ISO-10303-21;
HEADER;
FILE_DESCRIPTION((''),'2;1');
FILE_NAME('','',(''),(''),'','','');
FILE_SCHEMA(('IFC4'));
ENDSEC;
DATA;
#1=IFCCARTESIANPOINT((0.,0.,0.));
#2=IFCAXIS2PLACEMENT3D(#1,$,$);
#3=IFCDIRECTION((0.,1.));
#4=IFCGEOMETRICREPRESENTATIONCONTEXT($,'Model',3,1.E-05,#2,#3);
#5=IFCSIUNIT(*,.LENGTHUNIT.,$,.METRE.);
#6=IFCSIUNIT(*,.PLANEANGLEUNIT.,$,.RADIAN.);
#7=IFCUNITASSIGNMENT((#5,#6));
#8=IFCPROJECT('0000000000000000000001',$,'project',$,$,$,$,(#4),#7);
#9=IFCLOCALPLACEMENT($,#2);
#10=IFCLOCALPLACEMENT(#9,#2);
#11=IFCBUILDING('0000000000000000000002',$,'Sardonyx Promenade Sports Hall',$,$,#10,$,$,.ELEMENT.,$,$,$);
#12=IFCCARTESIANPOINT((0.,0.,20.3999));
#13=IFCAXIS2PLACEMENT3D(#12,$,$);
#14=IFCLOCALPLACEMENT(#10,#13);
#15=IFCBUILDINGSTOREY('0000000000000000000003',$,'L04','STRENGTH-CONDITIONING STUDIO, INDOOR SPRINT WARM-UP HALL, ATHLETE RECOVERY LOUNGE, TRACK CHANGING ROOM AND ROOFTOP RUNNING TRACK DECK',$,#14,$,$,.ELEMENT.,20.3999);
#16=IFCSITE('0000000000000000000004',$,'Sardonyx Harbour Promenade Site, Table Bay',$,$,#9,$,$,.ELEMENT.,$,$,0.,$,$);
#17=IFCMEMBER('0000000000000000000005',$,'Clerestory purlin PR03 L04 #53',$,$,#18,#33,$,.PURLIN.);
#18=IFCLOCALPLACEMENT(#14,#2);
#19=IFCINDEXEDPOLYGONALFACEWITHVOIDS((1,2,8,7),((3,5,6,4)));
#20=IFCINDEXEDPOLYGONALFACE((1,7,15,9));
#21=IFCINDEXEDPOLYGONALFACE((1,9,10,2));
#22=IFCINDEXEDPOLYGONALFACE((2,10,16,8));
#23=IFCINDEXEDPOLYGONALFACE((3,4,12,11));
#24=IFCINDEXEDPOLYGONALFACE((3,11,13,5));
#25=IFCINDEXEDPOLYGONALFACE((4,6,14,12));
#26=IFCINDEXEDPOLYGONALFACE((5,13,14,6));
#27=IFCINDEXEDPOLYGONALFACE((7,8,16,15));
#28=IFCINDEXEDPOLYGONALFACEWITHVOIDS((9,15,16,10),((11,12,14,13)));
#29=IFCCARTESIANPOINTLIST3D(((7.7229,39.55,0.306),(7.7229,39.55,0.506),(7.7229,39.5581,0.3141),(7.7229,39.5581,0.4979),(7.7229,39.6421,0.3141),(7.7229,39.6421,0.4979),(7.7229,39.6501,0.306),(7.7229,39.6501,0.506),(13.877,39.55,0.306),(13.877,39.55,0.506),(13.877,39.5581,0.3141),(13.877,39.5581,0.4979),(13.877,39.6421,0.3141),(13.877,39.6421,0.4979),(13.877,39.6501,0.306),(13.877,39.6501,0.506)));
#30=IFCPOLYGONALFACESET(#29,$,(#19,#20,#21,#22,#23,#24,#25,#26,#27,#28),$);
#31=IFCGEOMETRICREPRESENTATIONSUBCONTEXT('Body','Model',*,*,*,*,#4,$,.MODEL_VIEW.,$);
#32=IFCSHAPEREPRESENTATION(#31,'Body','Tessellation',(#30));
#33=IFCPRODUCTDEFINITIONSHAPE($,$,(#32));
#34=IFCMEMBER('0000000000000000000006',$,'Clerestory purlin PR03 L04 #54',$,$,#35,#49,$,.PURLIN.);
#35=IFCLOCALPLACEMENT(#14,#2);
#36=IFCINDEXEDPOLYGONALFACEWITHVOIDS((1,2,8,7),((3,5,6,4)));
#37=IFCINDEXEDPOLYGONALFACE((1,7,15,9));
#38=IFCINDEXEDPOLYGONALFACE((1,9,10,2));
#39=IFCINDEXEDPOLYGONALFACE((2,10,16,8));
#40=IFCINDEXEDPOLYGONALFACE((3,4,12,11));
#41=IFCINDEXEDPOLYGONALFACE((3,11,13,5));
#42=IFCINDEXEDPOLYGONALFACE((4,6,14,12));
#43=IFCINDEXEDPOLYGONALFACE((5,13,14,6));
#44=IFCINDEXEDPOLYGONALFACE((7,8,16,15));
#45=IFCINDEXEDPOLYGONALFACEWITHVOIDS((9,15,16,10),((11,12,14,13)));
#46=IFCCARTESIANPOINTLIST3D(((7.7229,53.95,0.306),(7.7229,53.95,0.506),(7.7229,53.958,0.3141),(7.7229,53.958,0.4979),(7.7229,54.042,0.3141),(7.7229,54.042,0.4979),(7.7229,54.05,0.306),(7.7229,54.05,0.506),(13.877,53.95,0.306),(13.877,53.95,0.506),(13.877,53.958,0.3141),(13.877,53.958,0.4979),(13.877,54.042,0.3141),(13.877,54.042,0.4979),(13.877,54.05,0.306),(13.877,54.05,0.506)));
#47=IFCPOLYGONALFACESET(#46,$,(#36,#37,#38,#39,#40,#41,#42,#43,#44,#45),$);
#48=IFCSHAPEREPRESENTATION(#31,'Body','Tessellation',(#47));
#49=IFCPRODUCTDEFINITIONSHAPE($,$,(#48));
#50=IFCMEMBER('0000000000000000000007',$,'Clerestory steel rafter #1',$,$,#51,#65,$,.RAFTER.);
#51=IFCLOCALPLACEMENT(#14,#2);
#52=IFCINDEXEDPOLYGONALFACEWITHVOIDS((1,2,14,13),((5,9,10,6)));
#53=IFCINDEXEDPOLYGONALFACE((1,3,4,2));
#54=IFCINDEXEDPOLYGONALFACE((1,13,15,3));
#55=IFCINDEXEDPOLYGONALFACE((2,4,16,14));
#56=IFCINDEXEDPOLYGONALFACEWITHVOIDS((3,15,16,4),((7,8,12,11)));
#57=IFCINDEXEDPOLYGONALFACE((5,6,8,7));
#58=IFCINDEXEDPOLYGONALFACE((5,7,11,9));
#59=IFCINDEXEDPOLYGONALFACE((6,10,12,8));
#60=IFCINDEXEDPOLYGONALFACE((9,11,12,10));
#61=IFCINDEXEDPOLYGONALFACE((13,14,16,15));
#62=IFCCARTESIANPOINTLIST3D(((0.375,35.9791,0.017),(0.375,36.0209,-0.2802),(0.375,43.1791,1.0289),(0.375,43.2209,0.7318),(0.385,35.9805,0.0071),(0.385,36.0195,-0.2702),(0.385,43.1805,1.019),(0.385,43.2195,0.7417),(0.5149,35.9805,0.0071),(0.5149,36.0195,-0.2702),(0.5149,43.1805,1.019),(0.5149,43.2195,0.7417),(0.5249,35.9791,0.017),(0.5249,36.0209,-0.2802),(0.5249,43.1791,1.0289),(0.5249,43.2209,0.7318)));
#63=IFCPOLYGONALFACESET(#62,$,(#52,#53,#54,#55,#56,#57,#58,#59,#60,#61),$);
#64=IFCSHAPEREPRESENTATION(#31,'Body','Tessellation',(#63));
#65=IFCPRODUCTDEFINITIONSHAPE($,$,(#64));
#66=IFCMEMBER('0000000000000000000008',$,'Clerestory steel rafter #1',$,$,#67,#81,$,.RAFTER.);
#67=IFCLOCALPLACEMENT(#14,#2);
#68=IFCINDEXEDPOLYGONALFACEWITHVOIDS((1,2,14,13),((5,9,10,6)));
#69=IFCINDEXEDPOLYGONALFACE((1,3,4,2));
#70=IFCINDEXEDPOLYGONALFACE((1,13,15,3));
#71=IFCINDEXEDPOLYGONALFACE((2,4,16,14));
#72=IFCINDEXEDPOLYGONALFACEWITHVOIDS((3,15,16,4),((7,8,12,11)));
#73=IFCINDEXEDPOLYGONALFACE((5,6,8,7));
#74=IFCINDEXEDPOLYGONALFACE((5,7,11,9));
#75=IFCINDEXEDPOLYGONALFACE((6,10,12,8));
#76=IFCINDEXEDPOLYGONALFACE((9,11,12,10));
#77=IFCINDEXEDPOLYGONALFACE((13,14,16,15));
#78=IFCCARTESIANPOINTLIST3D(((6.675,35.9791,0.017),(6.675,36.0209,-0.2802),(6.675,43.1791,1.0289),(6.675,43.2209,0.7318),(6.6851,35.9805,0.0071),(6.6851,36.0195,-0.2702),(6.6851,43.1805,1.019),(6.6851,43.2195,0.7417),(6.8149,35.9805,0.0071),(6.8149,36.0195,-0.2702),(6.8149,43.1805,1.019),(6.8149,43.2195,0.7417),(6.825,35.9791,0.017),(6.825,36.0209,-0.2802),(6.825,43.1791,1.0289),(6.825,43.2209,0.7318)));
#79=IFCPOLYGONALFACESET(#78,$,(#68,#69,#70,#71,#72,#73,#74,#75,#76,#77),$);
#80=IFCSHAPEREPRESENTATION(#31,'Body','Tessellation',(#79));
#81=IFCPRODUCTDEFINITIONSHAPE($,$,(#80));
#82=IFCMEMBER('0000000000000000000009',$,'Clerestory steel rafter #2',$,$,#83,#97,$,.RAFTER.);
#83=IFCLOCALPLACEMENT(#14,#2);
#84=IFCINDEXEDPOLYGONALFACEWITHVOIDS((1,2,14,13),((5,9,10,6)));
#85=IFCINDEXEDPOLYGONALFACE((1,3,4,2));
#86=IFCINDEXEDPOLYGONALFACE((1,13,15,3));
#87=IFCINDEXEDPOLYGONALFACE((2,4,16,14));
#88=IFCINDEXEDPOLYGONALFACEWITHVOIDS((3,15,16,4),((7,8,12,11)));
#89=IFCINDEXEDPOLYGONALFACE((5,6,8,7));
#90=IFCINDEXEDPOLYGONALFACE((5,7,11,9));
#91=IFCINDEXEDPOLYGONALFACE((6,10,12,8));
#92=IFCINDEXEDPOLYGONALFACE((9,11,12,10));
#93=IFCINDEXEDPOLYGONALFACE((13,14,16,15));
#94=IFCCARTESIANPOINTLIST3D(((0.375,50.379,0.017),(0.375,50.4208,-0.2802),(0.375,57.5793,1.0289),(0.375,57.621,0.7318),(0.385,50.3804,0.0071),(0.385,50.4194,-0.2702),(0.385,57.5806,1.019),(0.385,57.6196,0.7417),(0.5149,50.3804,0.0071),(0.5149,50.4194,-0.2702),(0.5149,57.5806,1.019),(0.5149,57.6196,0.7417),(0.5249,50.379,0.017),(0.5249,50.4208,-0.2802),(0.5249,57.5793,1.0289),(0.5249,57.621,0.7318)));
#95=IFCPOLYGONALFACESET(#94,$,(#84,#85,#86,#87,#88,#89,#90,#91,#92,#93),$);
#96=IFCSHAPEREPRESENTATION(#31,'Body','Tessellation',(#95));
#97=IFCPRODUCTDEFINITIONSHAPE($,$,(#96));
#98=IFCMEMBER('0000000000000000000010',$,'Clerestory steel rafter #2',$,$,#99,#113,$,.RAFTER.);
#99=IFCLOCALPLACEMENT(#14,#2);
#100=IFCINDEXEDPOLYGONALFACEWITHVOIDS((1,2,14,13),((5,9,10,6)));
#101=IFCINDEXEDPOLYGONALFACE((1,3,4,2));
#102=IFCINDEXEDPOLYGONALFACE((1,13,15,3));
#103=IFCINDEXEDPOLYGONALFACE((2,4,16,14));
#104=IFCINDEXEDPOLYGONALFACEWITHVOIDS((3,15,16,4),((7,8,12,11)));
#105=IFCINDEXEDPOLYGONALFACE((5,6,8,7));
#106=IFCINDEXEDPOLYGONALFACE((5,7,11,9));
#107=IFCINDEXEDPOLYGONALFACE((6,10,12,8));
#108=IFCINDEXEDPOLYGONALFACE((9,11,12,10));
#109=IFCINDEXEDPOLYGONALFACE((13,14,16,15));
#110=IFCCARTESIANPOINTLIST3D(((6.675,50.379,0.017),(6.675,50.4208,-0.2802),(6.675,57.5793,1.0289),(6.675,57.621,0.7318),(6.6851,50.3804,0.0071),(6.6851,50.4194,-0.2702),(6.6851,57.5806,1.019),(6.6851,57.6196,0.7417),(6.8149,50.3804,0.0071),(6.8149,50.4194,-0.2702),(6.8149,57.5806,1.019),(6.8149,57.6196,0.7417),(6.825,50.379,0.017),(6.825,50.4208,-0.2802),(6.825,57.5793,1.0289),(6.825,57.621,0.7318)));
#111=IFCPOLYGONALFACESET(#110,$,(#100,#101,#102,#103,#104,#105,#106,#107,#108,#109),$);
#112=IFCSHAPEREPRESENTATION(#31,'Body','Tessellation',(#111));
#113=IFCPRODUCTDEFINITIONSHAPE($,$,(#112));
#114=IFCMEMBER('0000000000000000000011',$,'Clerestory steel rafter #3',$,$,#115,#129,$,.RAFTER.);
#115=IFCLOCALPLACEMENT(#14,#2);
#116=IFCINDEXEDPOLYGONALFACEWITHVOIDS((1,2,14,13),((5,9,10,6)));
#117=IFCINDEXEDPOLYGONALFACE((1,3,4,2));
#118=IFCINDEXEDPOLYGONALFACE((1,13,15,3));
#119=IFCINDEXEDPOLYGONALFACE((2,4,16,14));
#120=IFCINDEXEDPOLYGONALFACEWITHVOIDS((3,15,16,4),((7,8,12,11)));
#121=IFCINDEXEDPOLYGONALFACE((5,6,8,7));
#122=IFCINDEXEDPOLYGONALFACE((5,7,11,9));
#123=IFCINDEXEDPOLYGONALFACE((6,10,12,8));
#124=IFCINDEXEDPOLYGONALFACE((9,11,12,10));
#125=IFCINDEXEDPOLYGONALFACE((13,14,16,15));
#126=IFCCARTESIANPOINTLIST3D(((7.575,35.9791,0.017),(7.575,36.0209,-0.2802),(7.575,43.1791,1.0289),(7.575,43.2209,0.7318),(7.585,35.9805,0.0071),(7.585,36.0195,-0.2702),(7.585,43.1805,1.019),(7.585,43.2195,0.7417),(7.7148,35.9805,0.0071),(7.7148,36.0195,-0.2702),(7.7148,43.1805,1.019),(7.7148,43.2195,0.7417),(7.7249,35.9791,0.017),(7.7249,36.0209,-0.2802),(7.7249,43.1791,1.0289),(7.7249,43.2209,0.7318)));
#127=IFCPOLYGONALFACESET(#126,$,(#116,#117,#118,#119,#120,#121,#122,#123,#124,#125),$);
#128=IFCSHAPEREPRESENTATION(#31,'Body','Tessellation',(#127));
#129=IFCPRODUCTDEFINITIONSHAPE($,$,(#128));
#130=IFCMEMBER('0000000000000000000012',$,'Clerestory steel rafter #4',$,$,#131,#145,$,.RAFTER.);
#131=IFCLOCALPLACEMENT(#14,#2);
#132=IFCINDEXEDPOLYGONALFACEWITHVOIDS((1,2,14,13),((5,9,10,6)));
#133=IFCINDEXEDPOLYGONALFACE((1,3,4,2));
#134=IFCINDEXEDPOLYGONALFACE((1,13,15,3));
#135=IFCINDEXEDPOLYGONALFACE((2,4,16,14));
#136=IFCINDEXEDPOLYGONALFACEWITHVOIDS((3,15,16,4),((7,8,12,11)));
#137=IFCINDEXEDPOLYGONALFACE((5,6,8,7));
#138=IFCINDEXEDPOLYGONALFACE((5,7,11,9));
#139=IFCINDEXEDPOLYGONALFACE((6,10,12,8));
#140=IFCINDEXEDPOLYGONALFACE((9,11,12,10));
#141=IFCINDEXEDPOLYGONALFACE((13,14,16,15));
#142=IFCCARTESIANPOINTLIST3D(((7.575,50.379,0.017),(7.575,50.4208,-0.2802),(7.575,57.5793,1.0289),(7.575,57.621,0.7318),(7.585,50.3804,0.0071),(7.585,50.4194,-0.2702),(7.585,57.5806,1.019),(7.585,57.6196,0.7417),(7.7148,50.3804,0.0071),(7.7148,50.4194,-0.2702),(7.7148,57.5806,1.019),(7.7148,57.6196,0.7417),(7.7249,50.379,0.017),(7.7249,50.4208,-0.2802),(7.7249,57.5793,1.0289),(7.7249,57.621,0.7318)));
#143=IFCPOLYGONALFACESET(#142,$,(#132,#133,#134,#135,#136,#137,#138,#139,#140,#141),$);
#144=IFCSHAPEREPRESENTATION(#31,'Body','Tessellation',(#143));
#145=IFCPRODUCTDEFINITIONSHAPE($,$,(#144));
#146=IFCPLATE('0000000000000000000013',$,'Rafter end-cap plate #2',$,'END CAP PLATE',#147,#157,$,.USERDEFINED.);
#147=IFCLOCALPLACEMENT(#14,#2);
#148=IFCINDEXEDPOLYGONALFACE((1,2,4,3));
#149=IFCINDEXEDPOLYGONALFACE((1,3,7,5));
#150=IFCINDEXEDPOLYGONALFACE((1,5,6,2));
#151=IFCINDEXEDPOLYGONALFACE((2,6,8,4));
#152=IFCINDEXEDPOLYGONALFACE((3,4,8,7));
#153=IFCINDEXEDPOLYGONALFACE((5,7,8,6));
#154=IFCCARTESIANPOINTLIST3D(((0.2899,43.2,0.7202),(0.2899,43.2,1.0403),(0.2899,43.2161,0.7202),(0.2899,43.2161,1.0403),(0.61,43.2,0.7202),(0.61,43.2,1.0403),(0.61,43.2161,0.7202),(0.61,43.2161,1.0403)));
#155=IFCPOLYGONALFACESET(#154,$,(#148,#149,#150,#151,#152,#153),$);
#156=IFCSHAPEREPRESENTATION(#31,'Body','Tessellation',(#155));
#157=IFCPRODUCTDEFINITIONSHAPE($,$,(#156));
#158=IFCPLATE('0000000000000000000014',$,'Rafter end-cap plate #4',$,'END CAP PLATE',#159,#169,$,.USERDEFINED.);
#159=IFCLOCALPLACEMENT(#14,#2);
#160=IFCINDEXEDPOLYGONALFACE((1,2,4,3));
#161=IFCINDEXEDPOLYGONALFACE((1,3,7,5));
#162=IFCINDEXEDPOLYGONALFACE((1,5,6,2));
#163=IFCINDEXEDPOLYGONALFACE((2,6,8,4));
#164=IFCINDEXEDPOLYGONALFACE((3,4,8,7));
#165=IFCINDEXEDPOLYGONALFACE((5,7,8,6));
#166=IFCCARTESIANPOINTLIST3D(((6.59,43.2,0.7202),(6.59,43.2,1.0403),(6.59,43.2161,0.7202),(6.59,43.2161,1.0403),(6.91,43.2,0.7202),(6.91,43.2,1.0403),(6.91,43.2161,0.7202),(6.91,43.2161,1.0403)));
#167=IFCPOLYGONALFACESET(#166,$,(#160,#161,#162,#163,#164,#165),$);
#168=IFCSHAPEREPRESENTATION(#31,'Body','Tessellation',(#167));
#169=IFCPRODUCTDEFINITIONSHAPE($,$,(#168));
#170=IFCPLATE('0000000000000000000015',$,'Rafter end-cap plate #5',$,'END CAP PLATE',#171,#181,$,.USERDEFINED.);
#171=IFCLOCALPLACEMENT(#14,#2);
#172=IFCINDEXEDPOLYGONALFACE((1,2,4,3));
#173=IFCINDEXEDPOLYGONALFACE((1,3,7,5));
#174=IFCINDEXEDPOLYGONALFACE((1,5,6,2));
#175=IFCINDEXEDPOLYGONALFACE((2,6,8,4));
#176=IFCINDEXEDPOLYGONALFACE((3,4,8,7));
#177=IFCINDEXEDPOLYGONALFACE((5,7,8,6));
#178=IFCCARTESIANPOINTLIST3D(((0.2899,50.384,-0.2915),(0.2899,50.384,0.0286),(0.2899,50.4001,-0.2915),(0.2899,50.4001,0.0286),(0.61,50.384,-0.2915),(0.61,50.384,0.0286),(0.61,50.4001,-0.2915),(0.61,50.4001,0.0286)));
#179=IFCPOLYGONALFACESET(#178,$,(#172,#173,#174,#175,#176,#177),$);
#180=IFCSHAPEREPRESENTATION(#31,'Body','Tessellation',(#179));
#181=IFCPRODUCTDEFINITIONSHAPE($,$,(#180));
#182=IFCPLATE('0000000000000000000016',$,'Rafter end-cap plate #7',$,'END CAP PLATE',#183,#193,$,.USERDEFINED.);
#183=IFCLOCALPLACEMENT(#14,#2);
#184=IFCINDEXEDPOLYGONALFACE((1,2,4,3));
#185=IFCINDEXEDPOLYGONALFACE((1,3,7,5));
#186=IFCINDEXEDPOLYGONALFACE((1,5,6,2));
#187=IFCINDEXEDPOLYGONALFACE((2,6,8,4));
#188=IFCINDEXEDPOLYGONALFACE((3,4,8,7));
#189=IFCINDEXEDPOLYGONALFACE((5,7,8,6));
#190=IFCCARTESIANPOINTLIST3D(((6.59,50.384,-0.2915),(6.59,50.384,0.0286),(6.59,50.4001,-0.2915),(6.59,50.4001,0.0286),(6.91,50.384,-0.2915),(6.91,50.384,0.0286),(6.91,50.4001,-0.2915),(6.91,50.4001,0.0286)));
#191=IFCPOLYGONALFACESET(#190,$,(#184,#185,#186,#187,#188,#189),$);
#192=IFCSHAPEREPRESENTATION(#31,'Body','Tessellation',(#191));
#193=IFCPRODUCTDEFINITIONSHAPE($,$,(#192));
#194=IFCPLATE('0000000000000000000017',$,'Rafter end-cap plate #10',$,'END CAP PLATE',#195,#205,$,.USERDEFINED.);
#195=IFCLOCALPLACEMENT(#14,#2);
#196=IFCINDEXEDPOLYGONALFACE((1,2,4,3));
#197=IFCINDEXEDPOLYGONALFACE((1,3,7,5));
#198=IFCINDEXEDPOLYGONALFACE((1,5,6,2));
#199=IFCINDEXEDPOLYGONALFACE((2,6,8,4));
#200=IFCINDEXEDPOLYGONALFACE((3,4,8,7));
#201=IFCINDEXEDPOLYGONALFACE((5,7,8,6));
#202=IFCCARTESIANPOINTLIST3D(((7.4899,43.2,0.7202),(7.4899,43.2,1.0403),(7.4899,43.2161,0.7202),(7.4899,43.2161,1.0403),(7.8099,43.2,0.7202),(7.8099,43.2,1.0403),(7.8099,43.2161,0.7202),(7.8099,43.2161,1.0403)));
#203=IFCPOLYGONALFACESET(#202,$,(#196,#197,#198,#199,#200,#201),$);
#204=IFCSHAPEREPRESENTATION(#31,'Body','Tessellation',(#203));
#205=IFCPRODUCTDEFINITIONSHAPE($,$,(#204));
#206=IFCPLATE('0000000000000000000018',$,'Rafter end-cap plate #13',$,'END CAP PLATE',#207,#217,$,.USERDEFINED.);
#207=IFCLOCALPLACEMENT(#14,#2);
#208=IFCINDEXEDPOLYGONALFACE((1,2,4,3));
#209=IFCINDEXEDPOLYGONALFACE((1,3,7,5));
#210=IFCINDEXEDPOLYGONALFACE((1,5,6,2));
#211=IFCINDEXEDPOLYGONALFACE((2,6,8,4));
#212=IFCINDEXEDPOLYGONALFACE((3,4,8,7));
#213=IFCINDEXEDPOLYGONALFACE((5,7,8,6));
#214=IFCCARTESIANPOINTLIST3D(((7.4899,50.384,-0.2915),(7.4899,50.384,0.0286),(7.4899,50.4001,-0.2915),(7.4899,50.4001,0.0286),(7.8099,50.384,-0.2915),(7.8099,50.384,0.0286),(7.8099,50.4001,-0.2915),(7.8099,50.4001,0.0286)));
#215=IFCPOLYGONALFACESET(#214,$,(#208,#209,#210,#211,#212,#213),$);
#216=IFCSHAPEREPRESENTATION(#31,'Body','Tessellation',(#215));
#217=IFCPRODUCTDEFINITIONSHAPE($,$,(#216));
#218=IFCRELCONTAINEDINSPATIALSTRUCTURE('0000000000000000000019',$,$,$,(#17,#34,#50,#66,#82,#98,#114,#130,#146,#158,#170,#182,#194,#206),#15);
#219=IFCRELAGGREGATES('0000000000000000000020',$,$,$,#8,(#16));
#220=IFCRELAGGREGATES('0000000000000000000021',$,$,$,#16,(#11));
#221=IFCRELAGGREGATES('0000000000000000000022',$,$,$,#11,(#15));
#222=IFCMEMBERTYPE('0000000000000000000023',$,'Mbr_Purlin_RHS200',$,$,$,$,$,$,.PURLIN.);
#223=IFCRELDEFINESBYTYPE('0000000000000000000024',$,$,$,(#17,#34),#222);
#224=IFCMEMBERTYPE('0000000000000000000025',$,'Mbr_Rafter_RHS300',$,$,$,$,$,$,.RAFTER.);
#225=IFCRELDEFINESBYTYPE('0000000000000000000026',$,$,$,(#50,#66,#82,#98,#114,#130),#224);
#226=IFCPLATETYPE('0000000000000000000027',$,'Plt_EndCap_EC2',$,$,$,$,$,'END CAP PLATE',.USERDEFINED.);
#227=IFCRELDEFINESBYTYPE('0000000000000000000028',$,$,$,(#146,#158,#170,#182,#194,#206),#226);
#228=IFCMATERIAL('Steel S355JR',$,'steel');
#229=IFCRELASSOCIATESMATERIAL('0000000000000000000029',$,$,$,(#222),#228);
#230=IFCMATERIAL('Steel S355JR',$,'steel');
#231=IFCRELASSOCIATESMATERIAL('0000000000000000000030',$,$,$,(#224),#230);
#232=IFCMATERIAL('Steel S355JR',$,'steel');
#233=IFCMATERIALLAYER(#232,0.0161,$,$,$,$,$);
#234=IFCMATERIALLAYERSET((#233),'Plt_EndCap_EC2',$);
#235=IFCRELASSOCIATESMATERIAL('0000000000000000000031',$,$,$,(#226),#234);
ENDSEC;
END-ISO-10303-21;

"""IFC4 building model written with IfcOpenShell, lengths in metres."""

from ifc_helpers import new_model, si_unit, direction, frame, origin, origin_2d, place, context, subcontext, project, spatial, rectangle, hollow_rectangle, extrude, material, layer, layer_set, material_profile, profile_set, type_object, element, save


model = new_model("IFC4")

# Units and contexts
model_context = context("Model", 3, precision=1e-05, world=origin(), true_north=direction((0.0, 1.0)))
body_context = subcontext(model_context, "Body", "Model", "MODEL_VIEW")
ifc_project = project(units=[si_unit("LENGTHUNIT", "METRE"), si_unit("PLANEANGLEUNIT", "RADIAN")], contexts=[model_context])

# Site, building, storey
site_placement = place(None, origin())
site = spatial("IfcSite", under=ifc_project, at=site_placement, Name="Sardonyx Harbour Promenade Site, Table Bay", CompositionType="ELEMENT", RefElevation=0.0)
building_placement = place(site_placement, origin())
building = spatial("IfcBuilding", under=site, at=building_placement, Name="Sardonyx Promenade Sports Hall", CompositionType="ELEMENT")
storey_placement = place(building_placement, frame((0.0, 0.0, 20.3999)))
storey = spatial("IfcBuildingStorey", under=building, at=storey_placement, Name="L04", Description="STRENGTH-CONDITIONING STUDIO, INDOOR SPRINT WARM-UP HALL, ATHLETE RECOVERY LOUNGE, TRACK CHANGING ROOM AND ROOFTOP RUNNING TRACK DECK", CompositionType="ELEMENT", Elevation=20.3999)

# Members
ifc_material_1 = material(Name="Steel S355JR", Category="steel")
ifc_material_profile_1 = material_profile(ifc_material_1, hollow_rectangle(XDim=0.1001, YDim=0.2, WallThickness=0.0081, at=origin_2d()))
ifc_profile_set_1 = profile_set([ifc_material_profile_1], Name="Steel S355JR")
member_type_1 = type_object("IfcMemberType", Name="Mbr_Purlin_RHS200", PredefinedType="PURLIN", material=ifc_profile_set_1)
for number, where, z_axis, x_axis, name in (
    (1, (7.7229, 39.6001, 0.406), (1.0, 0.0, 0.0), (0.0, 1.0, 0.0), "Clerestory purlin PR03 L04 #53"),
    (2, (7.7229, 54.0, 0.406), (1.0, 0.0, 0.0), (0.0, 1.0, 0.0), "Clerestory purlin PR03 L04 #54"),
):
    element("IfcMember", number, at=place(storey_placement, frame(where, z_axis=z_axis, x_axis=x_axis)), inside=storey, type_object=member_type_1, Name=name, PredefinedType="PURLIN", context=body_context, shape_type="SweptSolid", body=[
        extrude(hollow_rectangle(XDim=0.1001, YDim=0.2, WallThickness=0.0081, at=origin_2d()), origin(), (0.0, 0.0, 1.0), 6.1541),
    ])
ifc_material_2 = material(Name="Steel S355JR", Category="steel")
ifc_material_profile_2 = material_profile(ifc_material_2, hollow_rectangle(XDim=0.1499, YDim=0.3, WallThickness=0.01, at=origin_2d()))
ifc_profile_set_2 = profile_set([ifc_material_profile_2], Name="Steel S355JR")
member_type_2 = type_object("IfcMemberType", Name="Mbr_Rafter_RHS300", PredefinedType="RAFTER", material=ifc_profile_set_2)
for number, where, z_axis, x_axis, name in (
    (3, (0.45, 36.0, -0.1316), (0.0, 0.990267, 0.139183), (-1.0, 0.0, 0.0), "Clerestory steel rafter #1"),
    (4, (6.75, 36.0, -0.1316), (0.0, 0.990267, 0.139183), (-1.0, 0.0, 0.0), "Clerestory steel rafter #1"),
):
    element("IfcMember", number, at=place(storey_placement, frame(where, z_axis=z_axis, x_axis=x_axis)), inside=storey, type_object=member_type_2, Name=name, PredefinedType="RAFTER", context=body_context, shape_type="SweptSolid", body=[
        extrude(hollow_rectangle(XDim=0.1499, YDim=0.3, WallThickness=0.01, at=origin_2d()), origin(), (0.0, 0.0, 1.0), 7.2708),
    ])
for number, where, z_axis, x_axis, name in (
    (5, (0.45, 50.3999, -0.1316), (0.0, 0.990267, 0.139179), (-1.0, 0.0, 0.0), "Clerestory steel rafter #2"),
    (6, (6.75, 50.3999, -0.1316), (0.0, 0.990267, 0.139179), (-1.0, 0.0, 0.0), "Clerestory steel rafter #2"),
):
    element("IfcMember", number, at=place(storey_placement, frame(where, z_axis=z_axis, x_axis=x_axis)), inside=storey, type_object=member_type_2, Name=name, PredefinedType="RAFTER", context=body_context, shape_type="SweptSolid", body=[
        extrude(hollow_rectangle(XDim=0.1499, YDim=0.3, WallThickness=0.01, at=origin_2d()), origin(), (0.0, 0.0, 1.0), 7.271),
    ])
member_1_placement = place(storey_placement, frame((7.6499, 36.0, -0.1316), z_axis=(0.0, 0.990267, 0.139183), x_axis=(-1.0, 0.0, 0.0)))
element("IfcMember", 7, at=member_1_placement, inside=storey, type_object=member_type_2, Name="Clerestory steel rafter #3", PredefinedType="RAFTER", context=body_context, shape_type="SweptSolid", body=[
    extrude(hollow_rectangle(XDim=0.1499, YDim=0.3, WallThickness=0.01, at=origin_2d()), origin(), (0.0, 0.0, 1.0), 7.2708),
])
member_2_placement = place(storey_placement, frame((7.6499, 50.3999, -0.1316), z_axis=(0.0, 0.990267, 0.139179), x_axis=(-1.0, 0.0, 0.0)))
element("IfcMember", 8, at=member_2_placement, inside=storey, type_object=member_type_2, Name="Clerestory steel rafter #4", PredefinedType="RAFTER", context=body_context, shape_type="SweptSolid", body=[
    extrude(hollow_rectangle(XDim=0.1499, YDim=0.3, WallThickness=0.01, at=origin_2d()), origin(), (0.0, 0.0, 1.0), 7.271),
])

# Plates
ifc_material_3 = material(Name="Steel S355JR", Category="steel")
ifc_layer_1 = layer(ifc_material_3, 0.0161)
ifc_layer_set_1 = layer_set([ifc_layer_1], Name="Plt_EndCap_EC2")
plate_type_1 = type_object("IfcPlateType", Name="Plt_EndCap_EC2", ElementType="END CAP PLATE", PredefinedType="USERDEFINED", material=ifc_layer_set_1)
for number, where, z_axis, x_axis, name in (
    (9, (0.45, 43.208, 0.7202), (0.0, 0.0, 1.0), (1.0, 0.0, 0.0), "Rafter end-cap plate #2"),
    (10, (6.75, 43.208, 0.7202), (0.0, 0.0, 1.0), (1.0, 0.0, 0.0), "Rafter end-cap plate #4"),
    (11, (0.45, 50.3921, -0.2915), (0.0, 0.0, 1.0), (1.0, 0.0, 0.0), "Rafter end-cap plate #5"),
    (12, (6.75, 50.3921, -0.2915), (0.0, 0.0, 1.0), (1.0, 0.0, 0.0), "Rafter end-cap plate #7"),
    (13, (7.6499, 43.208, 0.7202), (0.0, 0.0, 1.0), (1.0, 0.0, 0.0), "Rafter end-cap plate #10"),
    (14, (7.6499, 50.3921, -0.2915), (0.0, 0.0, 1.0), (1.0, 0.0, 0.0), "Rafter end-cap plate #13"),
):
    element("IfcPlate", number, at=place(storey_placement, frame(where, z_axis=z_axis, x_axis=x_axis)), inside=storey, type_object=plate_type_1, Name=name, ObjectType="END CAP PLATE", PredefinedType="USERDEFINED", context=body_context, shape_type="SweptSolid", body=[
        extrude(rectangle(XDim=0.3201, YDim=0.0161, at=origin_2d()), origin(), (0.0, 0.0, 1.0), 0.3201),
    ])

save(model, "model.ifc")
